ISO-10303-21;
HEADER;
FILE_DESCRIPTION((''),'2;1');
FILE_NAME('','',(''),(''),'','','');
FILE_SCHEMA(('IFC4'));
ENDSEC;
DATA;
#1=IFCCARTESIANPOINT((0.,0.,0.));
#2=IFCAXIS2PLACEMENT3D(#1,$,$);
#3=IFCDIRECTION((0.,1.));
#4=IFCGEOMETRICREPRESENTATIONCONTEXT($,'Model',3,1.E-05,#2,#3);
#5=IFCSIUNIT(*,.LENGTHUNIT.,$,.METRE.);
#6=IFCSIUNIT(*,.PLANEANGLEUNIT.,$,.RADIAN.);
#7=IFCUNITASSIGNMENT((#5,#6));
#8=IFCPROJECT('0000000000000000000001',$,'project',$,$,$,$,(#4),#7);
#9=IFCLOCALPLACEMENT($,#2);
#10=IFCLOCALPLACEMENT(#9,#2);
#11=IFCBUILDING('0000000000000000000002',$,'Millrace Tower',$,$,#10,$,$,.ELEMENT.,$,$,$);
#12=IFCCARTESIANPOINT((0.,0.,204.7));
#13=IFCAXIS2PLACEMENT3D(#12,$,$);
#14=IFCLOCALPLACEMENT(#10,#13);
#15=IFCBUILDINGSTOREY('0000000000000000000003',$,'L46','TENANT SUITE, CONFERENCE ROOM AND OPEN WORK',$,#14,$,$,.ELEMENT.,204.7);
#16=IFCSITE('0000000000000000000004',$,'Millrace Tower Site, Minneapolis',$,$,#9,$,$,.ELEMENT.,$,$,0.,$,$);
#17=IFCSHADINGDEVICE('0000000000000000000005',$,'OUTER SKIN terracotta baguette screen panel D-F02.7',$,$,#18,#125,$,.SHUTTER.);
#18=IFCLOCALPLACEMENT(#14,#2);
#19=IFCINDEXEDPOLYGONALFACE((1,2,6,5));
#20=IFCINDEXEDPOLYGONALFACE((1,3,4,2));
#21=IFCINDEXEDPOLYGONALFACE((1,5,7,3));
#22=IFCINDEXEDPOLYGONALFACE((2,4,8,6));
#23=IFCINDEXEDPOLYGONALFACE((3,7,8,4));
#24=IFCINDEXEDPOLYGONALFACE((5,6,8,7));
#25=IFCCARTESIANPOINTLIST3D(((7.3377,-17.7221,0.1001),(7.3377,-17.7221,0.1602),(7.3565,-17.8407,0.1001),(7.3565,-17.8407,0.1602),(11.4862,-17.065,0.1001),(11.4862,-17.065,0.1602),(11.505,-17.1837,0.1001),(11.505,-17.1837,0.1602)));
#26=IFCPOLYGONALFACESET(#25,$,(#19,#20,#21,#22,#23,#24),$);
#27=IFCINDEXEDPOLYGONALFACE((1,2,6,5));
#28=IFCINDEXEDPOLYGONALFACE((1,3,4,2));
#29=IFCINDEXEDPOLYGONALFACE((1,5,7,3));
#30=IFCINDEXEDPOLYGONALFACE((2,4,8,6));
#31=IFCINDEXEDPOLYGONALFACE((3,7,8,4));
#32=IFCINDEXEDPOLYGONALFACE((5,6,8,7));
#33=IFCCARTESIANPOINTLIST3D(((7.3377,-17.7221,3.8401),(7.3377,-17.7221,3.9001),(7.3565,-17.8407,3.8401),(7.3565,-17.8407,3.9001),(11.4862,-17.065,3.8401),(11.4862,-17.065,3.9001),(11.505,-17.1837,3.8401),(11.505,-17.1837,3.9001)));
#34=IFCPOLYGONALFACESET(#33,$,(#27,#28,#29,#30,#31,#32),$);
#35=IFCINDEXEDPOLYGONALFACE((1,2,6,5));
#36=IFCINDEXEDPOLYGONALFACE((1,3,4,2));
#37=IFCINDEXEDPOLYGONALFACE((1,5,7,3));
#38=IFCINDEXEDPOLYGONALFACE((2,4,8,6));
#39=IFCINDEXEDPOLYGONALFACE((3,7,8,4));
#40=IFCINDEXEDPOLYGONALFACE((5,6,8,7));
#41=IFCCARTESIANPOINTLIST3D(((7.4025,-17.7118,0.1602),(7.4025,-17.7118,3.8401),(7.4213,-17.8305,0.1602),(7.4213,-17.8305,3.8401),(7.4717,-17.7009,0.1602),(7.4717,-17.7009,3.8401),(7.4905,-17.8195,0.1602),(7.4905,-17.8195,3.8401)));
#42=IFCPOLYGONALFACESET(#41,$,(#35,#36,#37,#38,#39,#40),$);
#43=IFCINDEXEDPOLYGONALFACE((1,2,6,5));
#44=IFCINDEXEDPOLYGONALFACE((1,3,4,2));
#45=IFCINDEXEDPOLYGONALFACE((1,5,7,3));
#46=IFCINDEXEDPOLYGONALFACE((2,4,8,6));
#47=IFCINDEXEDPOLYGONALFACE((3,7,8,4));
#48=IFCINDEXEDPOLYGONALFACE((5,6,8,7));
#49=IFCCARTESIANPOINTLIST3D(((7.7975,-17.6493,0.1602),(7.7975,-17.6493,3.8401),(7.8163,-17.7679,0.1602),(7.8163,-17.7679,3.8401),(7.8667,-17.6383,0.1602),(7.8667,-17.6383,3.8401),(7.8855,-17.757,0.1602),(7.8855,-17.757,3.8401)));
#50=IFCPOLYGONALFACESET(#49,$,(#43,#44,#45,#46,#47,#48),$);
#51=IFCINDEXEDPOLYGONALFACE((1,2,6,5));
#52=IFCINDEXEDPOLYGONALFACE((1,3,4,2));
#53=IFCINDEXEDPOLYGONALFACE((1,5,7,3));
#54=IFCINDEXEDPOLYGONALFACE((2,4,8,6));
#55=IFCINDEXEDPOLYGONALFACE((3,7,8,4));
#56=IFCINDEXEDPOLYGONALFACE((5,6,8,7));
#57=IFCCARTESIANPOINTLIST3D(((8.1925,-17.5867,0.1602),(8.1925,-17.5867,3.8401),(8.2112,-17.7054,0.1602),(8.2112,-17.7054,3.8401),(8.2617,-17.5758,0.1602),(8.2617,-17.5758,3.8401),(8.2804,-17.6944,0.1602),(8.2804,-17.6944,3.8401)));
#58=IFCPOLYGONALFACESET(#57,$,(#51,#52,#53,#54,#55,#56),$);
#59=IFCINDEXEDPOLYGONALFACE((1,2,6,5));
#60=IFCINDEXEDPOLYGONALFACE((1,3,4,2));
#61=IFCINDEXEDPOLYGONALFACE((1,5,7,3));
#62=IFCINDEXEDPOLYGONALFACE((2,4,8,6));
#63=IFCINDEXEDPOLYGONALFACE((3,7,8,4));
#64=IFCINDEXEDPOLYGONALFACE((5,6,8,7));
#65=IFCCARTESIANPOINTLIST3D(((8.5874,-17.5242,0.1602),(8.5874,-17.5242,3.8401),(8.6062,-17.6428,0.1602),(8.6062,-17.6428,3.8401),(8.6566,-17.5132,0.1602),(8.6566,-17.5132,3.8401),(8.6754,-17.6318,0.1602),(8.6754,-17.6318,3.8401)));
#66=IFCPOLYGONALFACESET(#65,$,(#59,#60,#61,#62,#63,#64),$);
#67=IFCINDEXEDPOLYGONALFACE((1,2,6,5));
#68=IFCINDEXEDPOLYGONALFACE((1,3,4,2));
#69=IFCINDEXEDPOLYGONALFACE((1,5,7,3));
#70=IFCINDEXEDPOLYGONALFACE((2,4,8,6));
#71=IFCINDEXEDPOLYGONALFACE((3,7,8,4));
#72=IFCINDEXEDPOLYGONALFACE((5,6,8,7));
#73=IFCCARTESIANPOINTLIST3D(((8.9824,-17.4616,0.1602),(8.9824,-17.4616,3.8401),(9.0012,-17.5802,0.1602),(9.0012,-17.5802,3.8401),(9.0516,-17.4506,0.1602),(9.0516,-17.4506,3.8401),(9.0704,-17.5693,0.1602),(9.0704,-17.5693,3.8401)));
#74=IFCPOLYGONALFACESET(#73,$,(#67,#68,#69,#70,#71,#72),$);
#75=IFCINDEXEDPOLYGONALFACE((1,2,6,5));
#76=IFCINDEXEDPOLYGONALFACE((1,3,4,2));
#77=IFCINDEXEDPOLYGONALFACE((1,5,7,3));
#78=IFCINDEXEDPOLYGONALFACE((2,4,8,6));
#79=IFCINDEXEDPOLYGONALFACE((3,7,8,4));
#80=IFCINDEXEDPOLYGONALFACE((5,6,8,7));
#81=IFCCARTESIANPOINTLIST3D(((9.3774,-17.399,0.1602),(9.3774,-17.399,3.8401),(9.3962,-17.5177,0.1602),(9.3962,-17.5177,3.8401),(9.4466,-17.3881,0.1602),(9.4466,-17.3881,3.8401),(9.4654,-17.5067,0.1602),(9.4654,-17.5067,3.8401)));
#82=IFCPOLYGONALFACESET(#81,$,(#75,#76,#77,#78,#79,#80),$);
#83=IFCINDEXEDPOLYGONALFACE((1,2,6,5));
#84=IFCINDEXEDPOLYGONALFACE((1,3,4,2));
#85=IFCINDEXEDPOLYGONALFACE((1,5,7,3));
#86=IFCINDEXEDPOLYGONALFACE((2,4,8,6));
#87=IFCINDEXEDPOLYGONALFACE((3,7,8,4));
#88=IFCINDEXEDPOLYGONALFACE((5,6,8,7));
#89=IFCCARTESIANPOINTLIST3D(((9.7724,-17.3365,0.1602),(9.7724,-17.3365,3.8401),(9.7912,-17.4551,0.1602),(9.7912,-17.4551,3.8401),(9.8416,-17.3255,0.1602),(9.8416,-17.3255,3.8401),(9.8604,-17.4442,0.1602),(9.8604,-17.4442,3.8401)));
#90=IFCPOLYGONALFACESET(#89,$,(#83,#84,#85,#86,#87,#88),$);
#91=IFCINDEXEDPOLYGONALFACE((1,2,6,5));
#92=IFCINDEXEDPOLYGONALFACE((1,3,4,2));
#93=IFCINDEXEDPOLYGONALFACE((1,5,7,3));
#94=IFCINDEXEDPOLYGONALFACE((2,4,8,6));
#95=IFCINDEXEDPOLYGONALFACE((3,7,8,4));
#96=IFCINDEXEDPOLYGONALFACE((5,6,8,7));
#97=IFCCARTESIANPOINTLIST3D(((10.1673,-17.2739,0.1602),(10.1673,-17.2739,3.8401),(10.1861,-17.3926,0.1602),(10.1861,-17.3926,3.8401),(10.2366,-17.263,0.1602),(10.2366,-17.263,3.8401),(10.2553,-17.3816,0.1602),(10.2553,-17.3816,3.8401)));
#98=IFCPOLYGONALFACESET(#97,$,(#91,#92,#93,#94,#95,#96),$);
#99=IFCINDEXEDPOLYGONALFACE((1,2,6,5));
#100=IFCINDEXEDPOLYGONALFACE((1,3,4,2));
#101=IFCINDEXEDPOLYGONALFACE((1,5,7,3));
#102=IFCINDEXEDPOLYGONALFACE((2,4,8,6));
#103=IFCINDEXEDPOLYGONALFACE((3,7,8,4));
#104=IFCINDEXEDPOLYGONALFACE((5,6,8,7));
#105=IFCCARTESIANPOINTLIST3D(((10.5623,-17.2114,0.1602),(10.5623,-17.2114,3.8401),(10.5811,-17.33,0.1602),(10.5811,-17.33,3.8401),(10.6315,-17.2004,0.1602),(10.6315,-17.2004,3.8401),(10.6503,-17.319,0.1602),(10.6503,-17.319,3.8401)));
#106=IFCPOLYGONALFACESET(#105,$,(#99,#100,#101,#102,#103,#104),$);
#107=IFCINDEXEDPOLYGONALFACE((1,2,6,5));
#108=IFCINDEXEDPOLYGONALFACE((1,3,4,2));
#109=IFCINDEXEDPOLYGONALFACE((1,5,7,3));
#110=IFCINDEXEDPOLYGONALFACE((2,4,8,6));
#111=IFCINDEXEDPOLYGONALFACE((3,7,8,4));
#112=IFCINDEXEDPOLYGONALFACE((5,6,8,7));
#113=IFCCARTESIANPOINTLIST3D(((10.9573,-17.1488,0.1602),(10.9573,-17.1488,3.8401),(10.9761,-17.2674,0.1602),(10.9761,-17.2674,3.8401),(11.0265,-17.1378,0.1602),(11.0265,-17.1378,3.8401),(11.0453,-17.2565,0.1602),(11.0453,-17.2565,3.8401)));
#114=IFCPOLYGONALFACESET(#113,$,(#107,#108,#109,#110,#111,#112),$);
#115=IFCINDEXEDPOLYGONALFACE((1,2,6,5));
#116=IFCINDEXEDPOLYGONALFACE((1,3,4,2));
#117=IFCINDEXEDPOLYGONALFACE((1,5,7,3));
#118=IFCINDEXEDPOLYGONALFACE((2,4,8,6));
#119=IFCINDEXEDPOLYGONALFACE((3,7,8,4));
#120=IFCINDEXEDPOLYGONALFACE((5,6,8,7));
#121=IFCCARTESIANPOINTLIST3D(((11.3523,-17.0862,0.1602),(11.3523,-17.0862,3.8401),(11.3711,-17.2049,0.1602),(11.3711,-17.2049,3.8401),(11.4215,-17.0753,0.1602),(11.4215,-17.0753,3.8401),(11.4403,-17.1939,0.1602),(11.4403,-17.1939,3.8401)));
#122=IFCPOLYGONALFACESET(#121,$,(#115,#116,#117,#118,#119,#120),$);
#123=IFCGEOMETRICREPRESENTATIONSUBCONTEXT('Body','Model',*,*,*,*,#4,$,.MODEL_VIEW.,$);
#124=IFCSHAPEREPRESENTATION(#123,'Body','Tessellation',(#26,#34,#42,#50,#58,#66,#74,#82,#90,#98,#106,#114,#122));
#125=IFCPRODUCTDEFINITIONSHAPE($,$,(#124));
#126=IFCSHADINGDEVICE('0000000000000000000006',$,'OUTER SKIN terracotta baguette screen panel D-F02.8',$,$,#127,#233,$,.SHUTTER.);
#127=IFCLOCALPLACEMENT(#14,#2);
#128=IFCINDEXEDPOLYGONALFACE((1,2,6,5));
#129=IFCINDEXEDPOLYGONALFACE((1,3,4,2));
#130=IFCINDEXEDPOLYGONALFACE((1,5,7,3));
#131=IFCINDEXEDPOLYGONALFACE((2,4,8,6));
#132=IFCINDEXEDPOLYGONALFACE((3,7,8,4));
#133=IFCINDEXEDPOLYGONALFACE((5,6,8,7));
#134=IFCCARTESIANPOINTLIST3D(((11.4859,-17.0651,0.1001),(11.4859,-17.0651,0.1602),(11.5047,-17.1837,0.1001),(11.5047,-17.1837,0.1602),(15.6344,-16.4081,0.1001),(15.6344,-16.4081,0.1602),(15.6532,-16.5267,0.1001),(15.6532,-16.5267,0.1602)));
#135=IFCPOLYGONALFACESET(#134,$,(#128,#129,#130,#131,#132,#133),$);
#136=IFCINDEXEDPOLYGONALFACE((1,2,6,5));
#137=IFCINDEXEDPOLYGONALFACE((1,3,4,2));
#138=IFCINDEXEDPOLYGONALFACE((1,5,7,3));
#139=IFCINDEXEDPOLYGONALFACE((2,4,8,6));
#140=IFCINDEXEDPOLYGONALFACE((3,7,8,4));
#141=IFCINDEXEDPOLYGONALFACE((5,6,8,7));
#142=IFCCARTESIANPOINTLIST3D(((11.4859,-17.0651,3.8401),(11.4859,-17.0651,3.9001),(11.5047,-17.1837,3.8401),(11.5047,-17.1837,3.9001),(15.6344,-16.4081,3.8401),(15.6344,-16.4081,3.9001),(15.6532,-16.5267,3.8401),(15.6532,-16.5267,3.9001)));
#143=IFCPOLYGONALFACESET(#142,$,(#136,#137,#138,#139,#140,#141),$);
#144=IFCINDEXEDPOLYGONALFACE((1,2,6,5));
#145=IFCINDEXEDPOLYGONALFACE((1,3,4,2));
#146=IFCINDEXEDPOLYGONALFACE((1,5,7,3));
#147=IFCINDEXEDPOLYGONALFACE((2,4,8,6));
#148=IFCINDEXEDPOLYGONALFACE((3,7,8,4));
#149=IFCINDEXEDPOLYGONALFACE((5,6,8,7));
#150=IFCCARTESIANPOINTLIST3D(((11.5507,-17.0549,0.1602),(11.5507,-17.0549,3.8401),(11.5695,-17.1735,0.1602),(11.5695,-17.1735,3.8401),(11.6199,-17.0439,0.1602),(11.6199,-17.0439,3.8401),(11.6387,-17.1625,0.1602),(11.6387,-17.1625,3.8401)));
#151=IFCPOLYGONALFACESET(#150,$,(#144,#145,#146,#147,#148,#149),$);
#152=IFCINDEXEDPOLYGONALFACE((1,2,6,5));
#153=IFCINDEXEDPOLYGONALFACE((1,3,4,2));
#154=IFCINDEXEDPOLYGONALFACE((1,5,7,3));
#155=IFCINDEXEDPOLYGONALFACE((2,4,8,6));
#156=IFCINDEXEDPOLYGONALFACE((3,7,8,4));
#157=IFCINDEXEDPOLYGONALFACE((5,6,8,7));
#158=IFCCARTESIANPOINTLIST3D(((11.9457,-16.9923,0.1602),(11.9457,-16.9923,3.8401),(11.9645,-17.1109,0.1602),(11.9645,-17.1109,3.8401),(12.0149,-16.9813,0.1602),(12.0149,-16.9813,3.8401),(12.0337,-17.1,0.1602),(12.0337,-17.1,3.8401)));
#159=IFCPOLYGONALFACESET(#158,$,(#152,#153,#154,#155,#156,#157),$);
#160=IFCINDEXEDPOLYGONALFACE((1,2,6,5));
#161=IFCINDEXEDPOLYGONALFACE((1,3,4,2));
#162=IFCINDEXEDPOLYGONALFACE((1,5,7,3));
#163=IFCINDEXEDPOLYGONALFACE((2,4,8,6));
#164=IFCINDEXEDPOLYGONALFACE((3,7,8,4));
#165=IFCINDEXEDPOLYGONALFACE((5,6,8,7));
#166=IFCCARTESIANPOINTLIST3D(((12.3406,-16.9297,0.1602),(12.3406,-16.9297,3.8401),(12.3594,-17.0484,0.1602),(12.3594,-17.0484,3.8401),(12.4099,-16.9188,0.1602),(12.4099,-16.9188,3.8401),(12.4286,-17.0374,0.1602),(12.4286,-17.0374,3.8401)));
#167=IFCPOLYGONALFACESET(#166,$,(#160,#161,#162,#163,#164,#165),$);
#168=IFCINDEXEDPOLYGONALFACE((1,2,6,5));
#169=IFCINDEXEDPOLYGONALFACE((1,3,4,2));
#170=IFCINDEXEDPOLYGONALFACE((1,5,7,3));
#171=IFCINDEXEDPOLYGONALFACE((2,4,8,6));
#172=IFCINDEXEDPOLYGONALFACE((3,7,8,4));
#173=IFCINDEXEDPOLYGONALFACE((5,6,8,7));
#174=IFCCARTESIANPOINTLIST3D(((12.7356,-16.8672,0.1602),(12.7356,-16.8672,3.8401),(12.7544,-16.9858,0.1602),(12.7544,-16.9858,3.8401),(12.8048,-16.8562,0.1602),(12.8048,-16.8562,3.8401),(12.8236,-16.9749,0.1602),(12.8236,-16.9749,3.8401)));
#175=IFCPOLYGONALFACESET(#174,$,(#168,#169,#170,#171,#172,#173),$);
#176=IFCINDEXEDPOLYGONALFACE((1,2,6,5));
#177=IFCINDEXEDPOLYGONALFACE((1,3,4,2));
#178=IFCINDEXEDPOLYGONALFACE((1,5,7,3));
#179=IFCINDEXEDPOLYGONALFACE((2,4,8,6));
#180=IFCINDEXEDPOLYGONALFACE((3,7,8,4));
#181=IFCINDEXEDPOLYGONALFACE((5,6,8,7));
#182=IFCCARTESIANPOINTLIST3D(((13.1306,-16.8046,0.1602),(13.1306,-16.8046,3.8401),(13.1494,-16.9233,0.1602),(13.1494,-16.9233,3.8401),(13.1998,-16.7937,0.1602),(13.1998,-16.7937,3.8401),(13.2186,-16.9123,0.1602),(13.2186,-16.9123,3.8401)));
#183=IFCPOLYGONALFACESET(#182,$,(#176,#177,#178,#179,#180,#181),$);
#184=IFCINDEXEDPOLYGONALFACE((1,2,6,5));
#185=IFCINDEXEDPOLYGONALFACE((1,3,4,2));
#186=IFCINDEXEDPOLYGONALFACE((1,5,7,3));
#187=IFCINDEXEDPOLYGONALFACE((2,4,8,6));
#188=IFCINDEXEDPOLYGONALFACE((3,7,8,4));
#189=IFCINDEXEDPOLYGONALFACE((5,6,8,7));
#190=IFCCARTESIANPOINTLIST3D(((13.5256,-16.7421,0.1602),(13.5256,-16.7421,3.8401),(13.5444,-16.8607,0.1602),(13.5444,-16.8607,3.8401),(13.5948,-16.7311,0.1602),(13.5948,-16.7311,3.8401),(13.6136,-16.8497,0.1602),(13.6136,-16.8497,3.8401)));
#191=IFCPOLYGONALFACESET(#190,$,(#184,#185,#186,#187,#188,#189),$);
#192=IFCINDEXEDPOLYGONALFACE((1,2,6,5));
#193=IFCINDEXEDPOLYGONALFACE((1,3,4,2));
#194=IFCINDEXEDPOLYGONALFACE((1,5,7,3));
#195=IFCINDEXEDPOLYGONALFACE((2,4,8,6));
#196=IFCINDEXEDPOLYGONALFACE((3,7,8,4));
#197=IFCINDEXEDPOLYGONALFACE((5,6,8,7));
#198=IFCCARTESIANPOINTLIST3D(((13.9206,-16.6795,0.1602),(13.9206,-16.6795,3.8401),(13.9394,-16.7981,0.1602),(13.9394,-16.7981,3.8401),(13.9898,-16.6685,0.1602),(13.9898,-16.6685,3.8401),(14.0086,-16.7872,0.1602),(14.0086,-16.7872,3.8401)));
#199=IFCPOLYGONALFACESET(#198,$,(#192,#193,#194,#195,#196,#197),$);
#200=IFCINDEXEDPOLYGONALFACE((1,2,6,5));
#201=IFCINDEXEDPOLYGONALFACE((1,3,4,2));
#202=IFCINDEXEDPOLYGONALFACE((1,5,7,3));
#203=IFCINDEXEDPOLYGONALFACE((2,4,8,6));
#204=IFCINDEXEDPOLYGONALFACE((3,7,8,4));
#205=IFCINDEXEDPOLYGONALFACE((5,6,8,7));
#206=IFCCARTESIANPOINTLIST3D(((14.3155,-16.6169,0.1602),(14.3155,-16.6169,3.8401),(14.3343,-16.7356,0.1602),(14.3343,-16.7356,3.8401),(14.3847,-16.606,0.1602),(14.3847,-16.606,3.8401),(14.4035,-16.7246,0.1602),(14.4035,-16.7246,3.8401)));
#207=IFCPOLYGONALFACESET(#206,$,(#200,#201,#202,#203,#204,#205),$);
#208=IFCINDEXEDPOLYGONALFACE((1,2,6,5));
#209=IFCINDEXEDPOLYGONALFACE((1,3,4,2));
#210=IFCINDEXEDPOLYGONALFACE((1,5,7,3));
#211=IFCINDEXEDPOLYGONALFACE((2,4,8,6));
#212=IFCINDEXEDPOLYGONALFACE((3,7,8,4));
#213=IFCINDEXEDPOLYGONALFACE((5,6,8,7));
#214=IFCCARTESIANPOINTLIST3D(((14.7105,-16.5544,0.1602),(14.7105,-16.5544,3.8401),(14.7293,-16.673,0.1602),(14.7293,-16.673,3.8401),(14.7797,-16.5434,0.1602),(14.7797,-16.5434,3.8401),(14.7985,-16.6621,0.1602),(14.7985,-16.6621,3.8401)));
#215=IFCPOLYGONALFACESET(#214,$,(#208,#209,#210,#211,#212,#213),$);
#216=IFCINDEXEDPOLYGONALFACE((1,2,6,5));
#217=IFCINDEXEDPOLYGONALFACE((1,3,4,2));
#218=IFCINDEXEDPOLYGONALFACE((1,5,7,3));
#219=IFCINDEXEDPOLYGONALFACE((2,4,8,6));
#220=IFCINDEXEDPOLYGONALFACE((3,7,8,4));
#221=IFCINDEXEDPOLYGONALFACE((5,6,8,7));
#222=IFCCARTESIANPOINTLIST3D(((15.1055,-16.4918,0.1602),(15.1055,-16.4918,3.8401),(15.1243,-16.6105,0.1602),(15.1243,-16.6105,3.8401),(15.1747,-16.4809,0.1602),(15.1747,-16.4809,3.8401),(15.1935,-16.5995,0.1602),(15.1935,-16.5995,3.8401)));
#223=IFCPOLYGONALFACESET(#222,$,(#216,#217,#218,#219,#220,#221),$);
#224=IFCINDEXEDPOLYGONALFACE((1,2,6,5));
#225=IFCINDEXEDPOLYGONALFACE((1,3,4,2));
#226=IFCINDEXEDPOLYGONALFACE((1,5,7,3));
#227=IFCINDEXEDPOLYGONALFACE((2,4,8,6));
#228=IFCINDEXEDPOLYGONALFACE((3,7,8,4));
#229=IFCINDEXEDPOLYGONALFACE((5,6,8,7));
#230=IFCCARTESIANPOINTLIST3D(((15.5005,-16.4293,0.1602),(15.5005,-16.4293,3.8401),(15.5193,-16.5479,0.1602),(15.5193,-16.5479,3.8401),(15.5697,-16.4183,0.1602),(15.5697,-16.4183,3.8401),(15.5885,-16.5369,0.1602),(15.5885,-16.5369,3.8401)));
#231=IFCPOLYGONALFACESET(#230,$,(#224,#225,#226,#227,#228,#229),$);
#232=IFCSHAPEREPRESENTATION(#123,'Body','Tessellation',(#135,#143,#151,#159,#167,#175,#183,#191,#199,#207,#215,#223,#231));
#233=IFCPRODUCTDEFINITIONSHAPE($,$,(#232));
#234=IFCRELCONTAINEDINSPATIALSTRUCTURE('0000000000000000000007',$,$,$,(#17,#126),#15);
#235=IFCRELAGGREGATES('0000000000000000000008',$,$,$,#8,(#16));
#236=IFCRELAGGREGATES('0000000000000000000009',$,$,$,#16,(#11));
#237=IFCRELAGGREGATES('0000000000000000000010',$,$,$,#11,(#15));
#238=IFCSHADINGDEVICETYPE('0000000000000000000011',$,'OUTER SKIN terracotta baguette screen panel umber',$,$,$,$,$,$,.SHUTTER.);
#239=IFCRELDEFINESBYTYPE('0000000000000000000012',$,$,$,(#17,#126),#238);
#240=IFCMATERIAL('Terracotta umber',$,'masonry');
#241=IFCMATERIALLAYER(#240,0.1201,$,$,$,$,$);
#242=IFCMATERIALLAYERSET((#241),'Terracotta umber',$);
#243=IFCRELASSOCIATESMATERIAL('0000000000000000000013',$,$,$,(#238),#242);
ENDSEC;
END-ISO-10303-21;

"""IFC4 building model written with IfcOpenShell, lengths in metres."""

from ifc_helpers import new_model, entity, si_unit, direction, frame, frame_2d, origin, origin_2d, place, context, subcontext, project, spatial, rectangle, extrude, source, transform, mapped, material, layer, layer_set, type_object, element, save


model = new_model("IFC4")

# Units and contexts
model_context = context("Model", 3, precision=1e-05, world=origin(), true_north=direction((0.0, 1.0)))
body_context = subcontext(model_context, "Body", "Model", "MODEL_VIEW")
ifc_project = project(units=[si_unit("LENGTHUNIT", "METRE"), si_unit("PLANEANGLEUNIT", "RADIAN")], contexts=[model_context])

# Site, building, storey
site_placement = place(None, origin())
site = spatial("IfcSite", under=ifc_project, at=site_placement, Name="Millrace Tower Site, Minneapolis", CompositionType="ELEMENT", RefElevation=0.0)
building_placement = place(site_placement, origin())
building = spatial("IfcBuilding", under=site, at=building_placement, Name="Millrace Tower", CompositionType="ELEMENT")
storey_placement = place(building_placement, frame((0.0, 0.0, 204.7)))
storey = spatial("IfcBuildingStorey", under=building, at=storey_placement, Name="L46", Description="TENANT SUITE, CONFERENCE ROOM AND OPEN WORK", CompositionType="ELEMENT", Elevation=204.7)

# Shading devices
ifc_material_1 = material(Name="Terracotta umber", Category="masonry")
ifc_layer_1 = layer(ifc_material_1, 0.1201)
ifc_layer_set_1 = layer_set([ifc_layer_1], Name="Terracotta umber")
shading_device_type = type_object("IfcShadingDeviceType", Name="OUTER SKIN terracotta baguette screen panel umber", PredefinedType="SHUTTER", material=ifc_layer_set_1)
cartesian_point = entity("IfcCartesianPoint", [-2.1001, 0.0601])
shared_polyline = entity("IfcPolyline", [cartesian_point, entity("IfcCartesianPoint", [2.1001, 0.0601]), entity("IfcCartesianPoint", [2.1001, -0.0601]), entity("IfcCartesianPoint", [-2.1001, -0.0601]), cartesian_point])
shared_shape = source(origin(), body_context, "Body", "SweptSolid", [
    entity("IfcExtrudedAreaSolid", entity("IfcArbitraryClosedProfileDef", "AREA", None, shared_polyline), entity("IfcAxis2Placement3D", entity("IfcCartesianPoint", [0.0, 0.0, 0.0])), entity("IfcDirection", [0.0, 0.0, 1.0]), 0.0601),
    entity("IfcExtrudedAreaSolid", entity("IfcArbitraryClosedProfileDef", "AREA", None, shared_polyline), entity("IfcAxis2Placement3D", entity("IfcCartesianPoint", [0.0, 0.0, 3.74])), entity("IfcDirection", [0.0, 0.0, 1.0]), 0.0601),
    extrude(rectangle(XDim=0.0701, YDim=0.1201, at=frame_2d((-1.9995, 0.0))), frame((0.0, 0.0, 0.0601)), (0.0, 0.0, 1.0), 3.6799),
    extrude(rectangle(XDim=0.0701, YDim=0.1201, at=frame_2d((-1.5996, 0.0))), frame((0.0, 0.0, 0.0601)), (0.0, 0.0, 1.0), 3.6799),
    extrude(rectangle(XDim=0.0701, YDim=0.1201, at=frame_2d((-1.1997, 0.0))), frame((0.0, 0.0, 0.0601)), (0.0, 0.0, 1.0), 3.6799),
    extrude(rectangle(XDim=0.0701, YDim=0.1201, at=frame_2d((-0.7998, 0.0))), frame((0.0, 0.0, 0.0601)), (0.0, 0.0, 1.0), 3.6799),
    extrude(rectangle(XDim=0.0701, YDim=0.1201, at=frame_2d((-0.3999, 0.0))), frame((0.0, 0.0, 0.0601)), (0.0, 0.0, 1.0), 3.6799),
    extrude(rectangle(XDim=0.0701, YDim=0.1201, at=origin_2d()), frame((0.0, 0.0, 0.0601)), (0.0, 0.0, 1.0), 3.6799),
    extrude(rectangle(XDim=0.0701, YDim=0.1201, at=frame_2d((0.3999, 0.0))), frame((0.0, 0.0, 0.0601)), (0.0, 0.0, 1.0), 3.6799),
    extrude(rectangle(XDim=0.0701, YDim=0.1201, at=frame_2d((0.7998, 0.0))), frame((0.0, 0.0, 0.0601)), (0.0, 0.0, 1.0), 3.6799),
    extrude(rectangle(XDim=0.0701, YDim=0.1201, at=frame_2d((1.1997, 0.0))), frame((0.0, 0.0, 0.0601)), (0.0, 0.0, 1.0), 3.6799),
    extrude(rectangle(XDim=0.0701, YDim=0.1201, at=frame_2d((1.5996, 0.0))), frame((0.0, 0.0, 0.0601)), (0.0, 0.0, 1.0), 3.6799),
    extrude(rectangle(XDim=0.0701, YDim=0.1201, at=frame_2d((1.9995, 0.0))), frame((0.0, 0.0, 0.0601)), (0.0, 0.0, 1.0), 3.6799),
])
for number, where, z_axis, x_axis, name in (
    (1, (9.4214, -17.4529, 0.1001), (0.0, 0.0, 1.0), (0.987688, 0.156434, 0.0), "OUTER SKIN terracotta baguette screen panel D-F02.7"),
    (2, (13.5696, -16.7959, 0.1001), (0.0, 0.0, 1.0), (0.987688, 0.156434, 0.0), "OUTER SKIN terracotta baguette screen panel D-F02.8"),
):
    element("IfcShadingDevice", number, at=place(storey_placement, frame(where, z_axis=z_axis, x_axis=x_axis)), inside=storey, type_object=shading_device_type, Name=name, PredefinedType="SHUTTER", context=body_context, shape_type="MappedRepresentation", body=[
        mapped(shared_shape, transform((0.0, 0.0, 0.0), scale=1.0)),
    ])

save(model, "model.ifc")
